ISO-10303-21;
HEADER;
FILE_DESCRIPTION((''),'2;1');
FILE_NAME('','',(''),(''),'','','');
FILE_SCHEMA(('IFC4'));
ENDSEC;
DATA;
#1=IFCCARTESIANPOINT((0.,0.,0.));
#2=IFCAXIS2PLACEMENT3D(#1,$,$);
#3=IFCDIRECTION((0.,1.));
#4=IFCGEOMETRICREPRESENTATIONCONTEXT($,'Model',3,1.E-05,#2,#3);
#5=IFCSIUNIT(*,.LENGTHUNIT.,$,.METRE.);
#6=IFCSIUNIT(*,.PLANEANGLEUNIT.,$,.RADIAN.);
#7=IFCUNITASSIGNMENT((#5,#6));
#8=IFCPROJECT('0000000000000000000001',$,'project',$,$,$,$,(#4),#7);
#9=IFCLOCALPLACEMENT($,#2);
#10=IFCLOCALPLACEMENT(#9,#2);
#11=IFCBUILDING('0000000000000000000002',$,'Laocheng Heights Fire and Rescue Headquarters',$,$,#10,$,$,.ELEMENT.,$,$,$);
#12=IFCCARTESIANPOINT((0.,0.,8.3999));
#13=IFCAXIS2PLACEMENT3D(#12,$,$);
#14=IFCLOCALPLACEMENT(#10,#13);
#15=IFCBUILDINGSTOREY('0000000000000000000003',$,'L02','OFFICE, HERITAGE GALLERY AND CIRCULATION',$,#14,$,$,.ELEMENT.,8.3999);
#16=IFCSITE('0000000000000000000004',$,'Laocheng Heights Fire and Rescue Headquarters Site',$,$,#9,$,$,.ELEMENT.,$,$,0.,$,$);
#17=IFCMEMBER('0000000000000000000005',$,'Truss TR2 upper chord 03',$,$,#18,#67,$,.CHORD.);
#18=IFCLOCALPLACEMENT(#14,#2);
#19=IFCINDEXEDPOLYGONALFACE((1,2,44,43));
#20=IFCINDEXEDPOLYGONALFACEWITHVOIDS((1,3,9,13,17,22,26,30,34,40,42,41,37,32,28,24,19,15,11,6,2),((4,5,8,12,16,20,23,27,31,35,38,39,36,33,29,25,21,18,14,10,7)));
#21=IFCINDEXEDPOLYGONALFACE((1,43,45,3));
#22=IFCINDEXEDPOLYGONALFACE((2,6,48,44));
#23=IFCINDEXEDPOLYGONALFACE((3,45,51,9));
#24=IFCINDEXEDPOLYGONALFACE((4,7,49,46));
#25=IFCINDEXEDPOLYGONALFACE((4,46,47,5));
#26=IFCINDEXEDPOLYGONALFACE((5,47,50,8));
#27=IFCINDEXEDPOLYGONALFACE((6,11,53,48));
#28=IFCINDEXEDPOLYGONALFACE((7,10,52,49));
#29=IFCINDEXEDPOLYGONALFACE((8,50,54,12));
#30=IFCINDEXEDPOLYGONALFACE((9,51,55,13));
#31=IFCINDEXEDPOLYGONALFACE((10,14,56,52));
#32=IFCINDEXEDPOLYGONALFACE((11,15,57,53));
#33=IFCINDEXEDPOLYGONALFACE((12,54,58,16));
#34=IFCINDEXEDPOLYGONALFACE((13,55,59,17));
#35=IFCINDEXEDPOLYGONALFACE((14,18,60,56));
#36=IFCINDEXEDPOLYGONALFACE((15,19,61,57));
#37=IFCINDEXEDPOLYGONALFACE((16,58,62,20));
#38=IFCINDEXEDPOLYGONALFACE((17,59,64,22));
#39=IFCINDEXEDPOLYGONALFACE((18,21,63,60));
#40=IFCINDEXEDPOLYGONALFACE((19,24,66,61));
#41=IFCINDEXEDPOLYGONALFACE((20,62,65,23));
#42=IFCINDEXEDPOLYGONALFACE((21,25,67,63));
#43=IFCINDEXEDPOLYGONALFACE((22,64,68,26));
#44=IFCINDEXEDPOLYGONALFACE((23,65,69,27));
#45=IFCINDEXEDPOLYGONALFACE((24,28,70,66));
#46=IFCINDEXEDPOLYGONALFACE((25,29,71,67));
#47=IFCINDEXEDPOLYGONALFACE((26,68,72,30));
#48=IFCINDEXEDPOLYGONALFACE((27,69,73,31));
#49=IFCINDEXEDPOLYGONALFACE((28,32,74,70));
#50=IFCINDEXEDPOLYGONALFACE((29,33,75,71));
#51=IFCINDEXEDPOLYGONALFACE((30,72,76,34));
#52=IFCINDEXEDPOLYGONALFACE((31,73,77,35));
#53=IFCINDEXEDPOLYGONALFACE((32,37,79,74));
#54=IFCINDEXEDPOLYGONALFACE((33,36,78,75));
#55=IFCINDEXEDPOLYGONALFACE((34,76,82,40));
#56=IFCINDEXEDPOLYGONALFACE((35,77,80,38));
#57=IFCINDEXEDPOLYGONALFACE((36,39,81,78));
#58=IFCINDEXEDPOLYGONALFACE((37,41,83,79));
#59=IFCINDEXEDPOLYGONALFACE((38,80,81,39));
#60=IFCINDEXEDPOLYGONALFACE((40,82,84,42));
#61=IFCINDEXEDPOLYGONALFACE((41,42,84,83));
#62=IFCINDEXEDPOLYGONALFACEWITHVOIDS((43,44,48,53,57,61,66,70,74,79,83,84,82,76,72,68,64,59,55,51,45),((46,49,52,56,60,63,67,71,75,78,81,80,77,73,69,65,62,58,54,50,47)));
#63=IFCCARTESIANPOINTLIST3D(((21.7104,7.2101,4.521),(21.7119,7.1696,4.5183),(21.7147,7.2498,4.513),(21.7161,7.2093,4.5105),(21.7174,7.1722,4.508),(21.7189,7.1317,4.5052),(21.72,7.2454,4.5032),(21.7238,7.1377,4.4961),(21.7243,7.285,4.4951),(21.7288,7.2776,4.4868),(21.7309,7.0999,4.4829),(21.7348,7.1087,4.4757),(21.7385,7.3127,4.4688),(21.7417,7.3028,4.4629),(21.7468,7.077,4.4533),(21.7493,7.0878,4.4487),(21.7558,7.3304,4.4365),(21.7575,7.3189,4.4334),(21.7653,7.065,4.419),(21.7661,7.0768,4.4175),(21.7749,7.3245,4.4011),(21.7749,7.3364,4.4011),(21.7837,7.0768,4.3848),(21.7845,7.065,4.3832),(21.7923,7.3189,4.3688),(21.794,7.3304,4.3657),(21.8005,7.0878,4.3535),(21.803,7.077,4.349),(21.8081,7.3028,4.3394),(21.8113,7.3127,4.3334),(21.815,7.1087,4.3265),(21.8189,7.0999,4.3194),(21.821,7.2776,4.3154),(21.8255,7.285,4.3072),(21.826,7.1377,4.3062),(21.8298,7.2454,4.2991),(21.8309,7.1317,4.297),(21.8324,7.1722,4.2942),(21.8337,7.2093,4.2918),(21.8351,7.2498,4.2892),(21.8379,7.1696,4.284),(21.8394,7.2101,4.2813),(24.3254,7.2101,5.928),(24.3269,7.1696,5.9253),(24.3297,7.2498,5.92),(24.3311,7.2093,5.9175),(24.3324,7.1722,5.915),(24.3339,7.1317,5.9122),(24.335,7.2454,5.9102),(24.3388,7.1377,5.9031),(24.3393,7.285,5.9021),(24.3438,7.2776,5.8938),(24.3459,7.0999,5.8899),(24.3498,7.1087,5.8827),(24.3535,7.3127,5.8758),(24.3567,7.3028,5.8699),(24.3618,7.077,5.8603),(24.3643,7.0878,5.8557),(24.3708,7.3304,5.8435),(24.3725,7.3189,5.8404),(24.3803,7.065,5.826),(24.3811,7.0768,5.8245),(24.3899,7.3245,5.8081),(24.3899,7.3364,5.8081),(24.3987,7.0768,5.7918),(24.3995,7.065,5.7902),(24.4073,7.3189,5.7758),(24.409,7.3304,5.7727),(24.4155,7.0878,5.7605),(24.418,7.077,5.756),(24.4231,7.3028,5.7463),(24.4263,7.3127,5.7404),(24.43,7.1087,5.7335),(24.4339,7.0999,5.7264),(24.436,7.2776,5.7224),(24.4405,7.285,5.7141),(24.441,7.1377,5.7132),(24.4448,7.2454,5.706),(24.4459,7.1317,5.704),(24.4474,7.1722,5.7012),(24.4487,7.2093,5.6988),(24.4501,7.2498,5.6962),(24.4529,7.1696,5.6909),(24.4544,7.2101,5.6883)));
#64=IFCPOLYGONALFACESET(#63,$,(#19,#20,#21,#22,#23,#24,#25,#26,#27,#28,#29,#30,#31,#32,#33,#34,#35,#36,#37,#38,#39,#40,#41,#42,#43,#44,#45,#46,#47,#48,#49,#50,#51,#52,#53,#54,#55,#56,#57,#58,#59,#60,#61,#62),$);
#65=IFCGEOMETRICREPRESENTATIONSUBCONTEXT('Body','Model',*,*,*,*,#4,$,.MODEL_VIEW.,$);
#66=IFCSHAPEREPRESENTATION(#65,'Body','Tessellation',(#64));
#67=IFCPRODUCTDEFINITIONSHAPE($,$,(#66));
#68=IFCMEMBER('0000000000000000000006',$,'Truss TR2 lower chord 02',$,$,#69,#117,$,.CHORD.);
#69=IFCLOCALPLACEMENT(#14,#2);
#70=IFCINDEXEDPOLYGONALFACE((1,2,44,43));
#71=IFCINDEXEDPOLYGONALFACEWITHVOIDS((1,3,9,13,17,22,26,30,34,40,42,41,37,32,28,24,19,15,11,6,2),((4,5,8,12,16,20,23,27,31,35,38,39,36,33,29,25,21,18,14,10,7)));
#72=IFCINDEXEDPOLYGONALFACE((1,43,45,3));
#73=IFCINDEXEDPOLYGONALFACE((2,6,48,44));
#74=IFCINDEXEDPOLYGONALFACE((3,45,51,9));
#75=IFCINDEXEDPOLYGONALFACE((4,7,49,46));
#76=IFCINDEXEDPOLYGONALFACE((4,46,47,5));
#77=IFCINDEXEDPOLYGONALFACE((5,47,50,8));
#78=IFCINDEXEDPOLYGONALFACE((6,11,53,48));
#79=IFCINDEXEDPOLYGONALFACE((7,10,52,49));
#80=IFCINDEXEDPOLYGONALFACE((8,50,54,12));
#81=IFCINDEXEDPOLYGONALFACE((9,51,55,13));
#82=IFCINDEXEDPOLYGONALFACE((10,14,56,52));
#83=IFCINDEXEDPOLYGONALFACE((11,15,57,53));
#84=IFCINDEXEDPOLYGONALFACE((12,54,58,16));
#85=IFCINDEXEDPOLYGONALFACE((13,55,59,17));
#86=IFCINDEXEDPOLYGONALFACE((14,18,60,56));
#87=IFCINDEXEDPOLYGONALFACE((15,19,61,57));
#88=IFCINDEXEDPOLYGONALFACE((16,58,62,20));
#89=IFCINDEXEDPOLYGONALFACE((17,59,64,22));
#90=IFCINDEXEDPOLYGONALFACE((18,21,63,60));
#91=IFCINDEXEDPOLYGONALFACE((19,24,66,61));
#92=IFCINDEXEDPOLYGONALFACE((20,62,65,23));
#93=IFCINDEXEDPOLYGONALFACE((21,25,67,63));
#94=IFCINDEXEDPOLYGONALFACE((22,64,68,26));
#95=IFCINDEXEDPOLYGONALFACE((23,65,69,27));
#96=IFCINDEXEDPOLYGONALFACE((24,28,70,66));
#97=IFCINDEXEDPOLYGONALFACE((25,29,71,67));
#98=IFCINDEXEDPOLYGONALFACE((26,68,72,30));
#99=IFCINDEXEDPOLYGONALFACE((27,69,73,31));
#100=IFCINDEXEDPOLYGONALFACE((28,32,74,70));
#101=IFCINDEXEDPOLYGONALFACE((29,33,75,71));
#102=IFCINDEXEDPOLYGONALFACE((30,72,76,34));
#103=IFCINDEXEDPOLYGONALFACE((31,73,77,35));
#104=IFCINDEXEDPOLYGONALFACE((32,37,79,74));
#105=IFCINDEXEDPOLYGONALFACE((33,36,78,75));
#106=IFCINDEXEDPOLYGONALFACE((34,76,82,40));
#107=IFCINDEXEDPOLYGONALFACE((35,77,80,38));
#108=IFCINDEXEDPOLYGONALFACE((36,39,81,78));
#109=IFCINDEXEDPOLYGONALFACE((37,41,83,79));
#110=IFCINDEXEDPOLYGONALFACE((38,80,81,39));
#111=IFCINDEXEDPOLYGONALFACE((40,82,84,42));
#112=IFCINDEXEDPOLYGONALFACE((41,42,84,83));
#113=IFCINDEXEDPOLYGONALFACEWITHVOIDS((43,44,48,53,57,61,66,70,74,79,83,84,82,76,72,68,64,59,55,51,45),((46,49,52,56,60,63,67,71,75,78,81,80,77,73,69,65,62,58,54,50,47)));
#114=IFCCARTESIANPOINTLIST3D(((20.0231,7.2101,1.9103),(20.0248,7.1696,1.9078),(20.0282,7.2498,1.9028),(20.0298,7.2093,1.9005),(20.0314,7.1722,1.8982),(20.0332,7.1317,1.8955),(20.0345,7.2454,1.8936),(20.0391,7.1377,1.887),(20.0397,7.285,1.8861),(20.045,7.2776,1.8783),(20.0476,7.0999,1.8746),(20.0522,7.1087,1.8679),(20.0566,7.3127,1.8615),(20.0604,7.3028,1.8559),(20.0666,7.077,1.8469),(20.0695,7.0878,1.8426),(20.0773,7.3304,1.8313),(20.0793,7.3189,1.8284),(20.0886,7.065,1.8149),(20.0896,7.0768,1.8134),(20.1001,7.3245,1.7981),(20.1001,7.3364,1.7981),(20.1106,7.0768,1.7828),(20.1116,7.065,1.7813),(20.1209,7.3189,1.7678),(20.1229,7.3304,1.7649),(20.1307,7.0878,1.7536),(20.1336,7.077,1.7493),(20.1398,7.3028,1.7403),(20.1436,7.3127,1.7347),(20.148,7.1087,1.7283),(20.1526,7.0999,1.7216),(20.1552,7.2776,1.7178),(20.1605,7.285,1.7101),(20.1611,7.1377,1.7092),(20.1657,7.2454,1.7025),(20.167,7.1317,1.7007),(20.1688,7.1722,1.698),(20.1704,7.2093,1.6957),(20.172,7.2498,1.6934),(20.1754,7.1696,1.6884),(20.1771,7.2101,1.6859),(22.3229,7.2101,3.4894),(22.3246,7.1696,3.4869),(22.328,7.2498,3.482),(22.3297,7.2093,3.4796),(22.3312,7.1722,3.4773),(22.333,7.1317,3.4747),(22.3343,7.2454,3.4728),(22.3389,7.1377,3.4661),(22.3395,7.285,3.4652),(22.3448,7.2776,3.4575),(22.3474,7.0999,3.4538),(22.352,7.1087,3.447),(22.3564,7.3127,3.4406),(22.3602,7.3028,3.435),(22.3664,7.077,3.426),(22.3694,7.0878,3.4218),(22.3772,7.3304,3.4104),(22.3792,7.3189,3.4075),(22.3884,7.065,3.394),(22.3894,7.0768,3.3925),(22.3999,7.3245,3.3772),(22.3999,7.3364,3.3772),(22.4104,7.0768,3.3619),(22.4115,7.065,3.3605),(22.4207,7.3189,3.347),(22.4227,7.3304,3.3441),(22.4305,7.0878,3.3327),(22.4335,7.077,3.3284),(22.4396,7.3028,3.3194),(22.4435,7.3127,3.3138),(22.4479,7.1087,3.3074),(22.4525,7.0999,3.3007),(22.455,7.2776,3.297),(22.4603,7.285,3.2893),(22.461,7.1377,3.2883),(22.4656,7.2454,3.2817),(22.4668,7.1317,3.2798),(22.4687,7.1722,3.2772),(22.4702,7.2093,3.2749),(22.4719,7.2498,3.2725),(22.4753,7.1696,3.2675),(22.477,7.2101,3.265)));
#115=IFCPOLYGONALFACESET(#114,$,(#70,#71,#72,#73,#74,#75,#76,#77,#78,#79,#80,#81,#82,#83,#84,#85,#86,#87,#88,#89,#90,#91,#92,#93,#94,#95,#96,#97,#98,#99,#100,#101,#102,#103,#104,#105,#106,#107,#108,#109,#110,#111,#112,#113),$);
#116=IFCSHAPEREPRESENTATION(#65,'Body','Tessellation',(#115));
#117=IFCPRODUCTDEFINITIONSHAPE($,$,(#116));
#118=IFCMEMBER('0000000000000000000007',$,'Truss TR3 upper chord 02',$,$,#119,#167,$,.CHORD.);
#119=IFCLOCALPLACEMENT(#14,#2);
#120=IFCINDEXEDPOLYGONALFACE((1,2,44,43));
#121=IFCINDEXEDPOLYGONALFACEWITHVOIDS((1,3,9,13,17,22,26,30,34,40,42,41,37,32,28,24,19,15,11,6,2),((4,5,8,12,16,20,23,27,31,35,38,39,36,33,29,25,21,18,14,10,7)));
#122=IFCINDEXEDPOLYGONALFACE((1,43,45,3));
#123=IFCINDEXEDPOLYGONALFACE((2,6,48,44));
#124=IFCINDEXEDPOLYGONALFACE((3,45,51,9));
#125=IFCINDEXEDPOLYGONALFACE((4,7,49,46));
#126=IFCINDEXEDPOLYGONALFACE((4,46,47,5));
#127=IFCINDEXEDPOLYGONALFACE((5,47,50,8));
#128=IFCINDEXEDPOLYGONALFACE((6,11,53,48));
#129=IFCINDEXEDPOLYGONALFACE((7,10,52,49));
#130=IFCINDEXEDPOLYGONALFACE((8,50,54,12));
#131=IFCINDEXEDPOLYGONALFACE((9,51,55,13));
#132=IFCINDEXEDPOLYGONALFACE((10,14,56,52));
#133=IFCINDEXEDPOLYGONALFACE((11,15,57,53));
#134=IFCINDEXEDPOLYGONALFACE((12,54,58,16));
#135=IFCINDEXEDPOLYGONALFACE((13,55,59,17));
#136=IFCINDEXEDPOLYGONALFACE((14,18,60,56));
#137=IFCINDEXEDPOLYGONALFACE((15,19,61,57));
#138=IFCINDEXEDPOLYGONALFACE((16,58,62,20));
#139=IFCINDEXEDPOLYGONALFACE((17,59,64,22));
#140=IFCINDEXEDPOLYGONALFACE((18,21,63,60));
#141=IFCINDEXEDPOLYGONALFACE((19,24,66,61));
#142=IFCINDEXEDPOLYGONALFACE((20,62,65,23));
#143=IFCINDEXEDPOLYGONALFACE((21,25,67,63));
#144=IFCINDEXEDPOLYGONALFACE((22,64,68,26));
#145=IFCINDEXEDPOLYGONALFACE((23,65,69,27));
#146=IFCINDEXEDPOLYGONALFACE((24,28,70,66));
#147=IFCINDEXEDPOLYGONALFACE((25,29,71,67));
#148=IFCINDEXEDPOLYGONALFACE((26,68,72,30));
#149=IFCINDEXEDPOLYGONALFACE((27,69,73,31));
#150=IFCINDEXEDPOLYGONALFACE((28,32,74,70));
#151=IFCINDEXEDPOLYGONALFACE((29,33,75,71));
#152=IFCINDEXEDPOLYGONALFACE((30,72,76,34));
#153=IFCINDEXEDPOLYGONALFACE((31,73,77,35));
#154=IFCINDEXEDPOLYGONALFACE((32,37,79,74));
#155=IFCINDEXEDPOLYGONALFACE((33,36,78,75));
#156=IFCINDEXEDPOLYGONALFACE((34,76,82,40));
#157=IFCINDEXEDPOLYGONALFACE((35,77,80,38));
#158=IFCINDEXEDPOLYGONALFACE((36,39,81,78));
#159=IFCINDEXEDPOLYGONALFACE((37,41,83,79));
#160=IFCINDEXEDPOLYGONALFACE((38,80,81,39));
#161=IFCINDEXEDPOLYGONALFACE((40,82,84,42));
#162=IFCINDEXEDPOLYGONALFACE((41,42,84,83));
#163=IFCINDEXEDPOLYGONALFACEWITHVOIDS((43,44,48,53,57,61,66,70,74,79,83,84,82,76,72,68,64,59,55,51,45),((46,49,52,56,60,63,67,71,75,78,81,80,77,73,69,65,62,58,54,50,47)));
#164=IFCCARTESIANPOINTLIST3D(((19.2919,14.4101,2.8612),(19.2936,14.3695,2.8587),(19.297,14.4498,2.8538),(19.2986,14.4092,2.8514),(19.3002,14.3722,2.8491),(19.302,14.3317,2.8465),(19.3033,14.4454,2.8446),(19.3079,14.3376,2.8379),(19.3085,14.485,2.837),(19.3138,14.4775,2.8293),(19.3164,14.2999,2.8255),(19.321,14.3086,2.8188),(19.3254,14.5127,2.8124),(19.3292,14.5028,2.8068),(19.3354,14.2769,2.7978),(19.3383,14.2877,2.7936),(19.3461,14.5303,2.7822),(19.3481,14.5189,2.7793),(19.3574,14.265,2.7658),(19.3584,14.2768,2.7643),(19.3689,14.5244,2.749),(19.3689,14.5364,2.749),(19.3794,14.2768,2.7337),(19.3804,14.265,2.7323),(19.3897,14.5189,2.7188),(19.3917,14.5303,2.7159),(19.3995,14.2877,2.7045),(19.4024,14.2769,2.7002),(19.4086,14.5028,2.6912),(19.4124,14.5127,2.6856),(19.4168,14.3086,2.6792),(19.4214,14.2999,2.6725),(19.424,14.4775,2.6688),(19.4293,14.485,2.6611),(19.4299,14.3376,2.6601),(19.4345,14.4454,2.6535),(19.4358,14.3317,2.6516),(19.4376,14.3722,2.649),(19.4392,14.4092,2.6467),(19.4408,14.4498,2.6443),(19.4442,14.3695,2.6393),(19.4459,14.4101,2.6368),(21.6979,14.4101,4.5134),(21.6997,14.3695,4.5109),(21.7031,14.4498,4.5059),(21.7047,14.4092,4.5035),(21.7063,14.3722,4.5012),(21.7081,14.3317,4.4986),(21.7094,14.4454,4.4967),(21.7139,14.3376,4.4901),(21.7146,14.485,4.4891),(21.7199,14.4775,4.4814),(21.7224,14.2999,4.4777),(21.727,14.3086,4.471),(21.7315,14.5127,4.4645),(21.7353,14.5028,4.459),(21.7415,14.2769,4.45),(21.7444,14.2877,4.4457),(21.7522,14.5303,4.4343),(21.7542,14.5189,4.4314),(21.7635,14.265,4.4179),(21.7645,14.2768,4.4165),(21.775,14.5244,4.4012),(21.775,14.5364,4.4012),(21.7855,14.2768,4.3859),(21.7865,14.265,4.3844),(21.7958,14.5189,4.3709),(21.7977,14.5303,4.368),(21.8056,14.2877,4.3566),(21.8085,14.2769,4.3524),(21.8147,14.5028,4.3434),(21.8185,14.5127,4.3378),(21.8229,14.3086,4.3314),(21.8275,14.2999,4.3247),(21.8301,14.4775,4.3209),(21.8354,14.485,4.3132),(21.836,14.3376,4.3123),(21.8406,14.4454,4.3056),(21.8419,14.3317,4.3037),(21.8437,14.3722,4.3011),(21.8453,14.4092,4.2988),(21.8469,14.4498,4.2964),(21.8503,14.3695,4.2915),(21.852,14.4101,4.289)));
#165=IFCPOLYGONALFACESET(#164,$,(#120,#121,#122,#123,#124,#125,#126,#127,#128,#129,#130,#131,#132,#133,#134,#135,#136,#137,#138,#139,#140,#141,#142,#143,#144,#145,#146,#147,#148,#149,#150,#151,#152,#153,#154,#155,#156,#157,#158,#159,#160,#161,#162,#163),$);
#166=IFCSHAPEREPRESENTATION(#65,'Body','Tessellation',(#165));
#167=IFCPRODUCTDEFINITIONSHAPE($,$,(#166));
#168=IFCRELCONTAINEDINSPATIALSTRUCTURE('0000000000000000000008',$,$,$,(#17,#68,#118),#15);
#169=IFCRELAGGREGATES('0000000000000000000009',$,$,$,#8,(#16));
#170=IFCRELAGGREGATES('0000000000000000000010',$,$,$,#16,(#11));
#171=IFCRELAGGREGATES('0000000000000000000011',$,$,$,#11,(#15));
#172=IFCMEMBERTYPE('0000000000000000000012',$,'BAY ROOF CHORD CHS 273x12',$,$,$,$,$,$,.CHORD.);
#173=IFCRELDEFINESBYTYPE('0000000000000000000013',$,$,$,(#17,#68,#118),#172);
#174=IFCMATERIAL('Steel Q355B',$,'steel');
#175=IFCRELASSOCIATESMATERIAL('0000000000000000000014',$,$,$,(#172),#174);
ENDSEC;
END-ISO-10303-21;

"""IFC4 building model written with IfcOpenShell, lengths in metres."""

from ifc_helpers import new_model, si_unit, direction, frame, origin, origin_2d, place, context, subcontext, project, spatial, hollow_circle, extrude, material, material_profile, profile_set, type_object, element, save


model = new_model("IFC4")

# Units and contexts
model_context = context("Model", 3, precision=1e-05, world=origin(), true_north=direction((0.0, 1.0)))
body_context = subcontext(model_context, "Body", "Model", "MODEL_VIEW")
ifc_project = project(units=[si_unit("LENGTHUNIT", "METRE"), si_unit("PLANEANGLEUNIT", "RADIAN")], contexts=[model_context])

# Site, building, storey
site_placement = place(None, origin())
site = spatial("IfcSite", under=ifc_project, at=site_placement, Name="Laocheng Heights Fire and Rescue Headquarters Site", CompositionType="ELEMENT", RefElevation=0.0)
building_placement = place(site_placement, origin())
building = spatial("IfcBuilding", under=site, at=building_placement, Name="Laocheng Heights Fire and Rescue Headquarters", CompositionType="ELEMENT")
storey_placement = place(building_placement, frame((0.0, 0.0, 8.3999)))
storey = spatial("IfcBuildingStorey", under=building, at=storey_placement, Name="L02", Description="OFFICE, HERITAGE GALLERY AND CIRCULATION", CompositionType="ELEMENT", Elevation=8.3999)

# Members
ifc_material_1 = material(Name="Steel Q355B", Category="steel")
ifc_material_profile_1 = material_profile(ifc_material_1, hollow_circle(Radius=0.1365, WallThickness=0.012, at=origin_2d()), Name="CHS 273x12")
ifc_profile_set_1 = profile_set([ifc_material_profile_1], Name="Steel Q355B")
member_type_1 = type_object("IfcMemberType", Name="BAY ROOF CHORD CHS 273x12", PredefinedType="CHORD", material=ifc_profile_set_1)
member_1_placement = place(storey_placement, frame((21.7749, 7.2, 4.4011), z_axis=(0.880624, 0.0, 0.473815), x_axis=(0.0, 1.0, 0.0)))
element("IfcMember", 1, at=member_1_placement, inside=storey, type_object=member_type_1, Name="Truss TR2 upper chord 03", PredefinedType="CHORD", context=body_context, shape_type="SweptSolid", body=[
    extrude(hollow_circle(Radius=0.1365, WallThickness=0.012, at=origin_2d()), origin(), (0.0, 0.0, 1.0), 2.9695),
])
member_2_placement = place(storey_placement, frame((20.1001, 7.2, 1.7981), z_axis=(0.824379, 0.0, 0.566038), x_axis=(0.0, 1.0, 0.0)))
element("IfcMember", 2, at=member_2_placement, inside=storey, type_object=member_type_1, Name="Truss TR2 lower chord 02", PredefinedType="CHORD", context=body_context, shape_type="SweptSolid", body=[
    extrude(hollow_circle(Radius=0.1365, WallThickness=0.012, at=origin_2d()), origin(), (0.0, 0.0, 1.0), 2.7898),
])
member_3_placement = place(storey_placement, frame((19.3689, 14.3999, 2.749), z_axis=(0.824366, 0.0, 0.566057), x_axis=(0.0, 1.0, 0.0)))
element("IfcMember", 3, at=member_3_placement, inside=storey, type_object=member_type_1, Name="Truss TR3 upper chord 02", PredefinedType="CHORD", context=body_context, shape_type="SweptSolid", body=[
    extrude(hollow_circle(Radius=0.1365, WallThickness=0.012, at=origin_2d()), origin(), (0.0, 0.0, 1.0), 2.9187),
])

save(model, "model.ifc")
